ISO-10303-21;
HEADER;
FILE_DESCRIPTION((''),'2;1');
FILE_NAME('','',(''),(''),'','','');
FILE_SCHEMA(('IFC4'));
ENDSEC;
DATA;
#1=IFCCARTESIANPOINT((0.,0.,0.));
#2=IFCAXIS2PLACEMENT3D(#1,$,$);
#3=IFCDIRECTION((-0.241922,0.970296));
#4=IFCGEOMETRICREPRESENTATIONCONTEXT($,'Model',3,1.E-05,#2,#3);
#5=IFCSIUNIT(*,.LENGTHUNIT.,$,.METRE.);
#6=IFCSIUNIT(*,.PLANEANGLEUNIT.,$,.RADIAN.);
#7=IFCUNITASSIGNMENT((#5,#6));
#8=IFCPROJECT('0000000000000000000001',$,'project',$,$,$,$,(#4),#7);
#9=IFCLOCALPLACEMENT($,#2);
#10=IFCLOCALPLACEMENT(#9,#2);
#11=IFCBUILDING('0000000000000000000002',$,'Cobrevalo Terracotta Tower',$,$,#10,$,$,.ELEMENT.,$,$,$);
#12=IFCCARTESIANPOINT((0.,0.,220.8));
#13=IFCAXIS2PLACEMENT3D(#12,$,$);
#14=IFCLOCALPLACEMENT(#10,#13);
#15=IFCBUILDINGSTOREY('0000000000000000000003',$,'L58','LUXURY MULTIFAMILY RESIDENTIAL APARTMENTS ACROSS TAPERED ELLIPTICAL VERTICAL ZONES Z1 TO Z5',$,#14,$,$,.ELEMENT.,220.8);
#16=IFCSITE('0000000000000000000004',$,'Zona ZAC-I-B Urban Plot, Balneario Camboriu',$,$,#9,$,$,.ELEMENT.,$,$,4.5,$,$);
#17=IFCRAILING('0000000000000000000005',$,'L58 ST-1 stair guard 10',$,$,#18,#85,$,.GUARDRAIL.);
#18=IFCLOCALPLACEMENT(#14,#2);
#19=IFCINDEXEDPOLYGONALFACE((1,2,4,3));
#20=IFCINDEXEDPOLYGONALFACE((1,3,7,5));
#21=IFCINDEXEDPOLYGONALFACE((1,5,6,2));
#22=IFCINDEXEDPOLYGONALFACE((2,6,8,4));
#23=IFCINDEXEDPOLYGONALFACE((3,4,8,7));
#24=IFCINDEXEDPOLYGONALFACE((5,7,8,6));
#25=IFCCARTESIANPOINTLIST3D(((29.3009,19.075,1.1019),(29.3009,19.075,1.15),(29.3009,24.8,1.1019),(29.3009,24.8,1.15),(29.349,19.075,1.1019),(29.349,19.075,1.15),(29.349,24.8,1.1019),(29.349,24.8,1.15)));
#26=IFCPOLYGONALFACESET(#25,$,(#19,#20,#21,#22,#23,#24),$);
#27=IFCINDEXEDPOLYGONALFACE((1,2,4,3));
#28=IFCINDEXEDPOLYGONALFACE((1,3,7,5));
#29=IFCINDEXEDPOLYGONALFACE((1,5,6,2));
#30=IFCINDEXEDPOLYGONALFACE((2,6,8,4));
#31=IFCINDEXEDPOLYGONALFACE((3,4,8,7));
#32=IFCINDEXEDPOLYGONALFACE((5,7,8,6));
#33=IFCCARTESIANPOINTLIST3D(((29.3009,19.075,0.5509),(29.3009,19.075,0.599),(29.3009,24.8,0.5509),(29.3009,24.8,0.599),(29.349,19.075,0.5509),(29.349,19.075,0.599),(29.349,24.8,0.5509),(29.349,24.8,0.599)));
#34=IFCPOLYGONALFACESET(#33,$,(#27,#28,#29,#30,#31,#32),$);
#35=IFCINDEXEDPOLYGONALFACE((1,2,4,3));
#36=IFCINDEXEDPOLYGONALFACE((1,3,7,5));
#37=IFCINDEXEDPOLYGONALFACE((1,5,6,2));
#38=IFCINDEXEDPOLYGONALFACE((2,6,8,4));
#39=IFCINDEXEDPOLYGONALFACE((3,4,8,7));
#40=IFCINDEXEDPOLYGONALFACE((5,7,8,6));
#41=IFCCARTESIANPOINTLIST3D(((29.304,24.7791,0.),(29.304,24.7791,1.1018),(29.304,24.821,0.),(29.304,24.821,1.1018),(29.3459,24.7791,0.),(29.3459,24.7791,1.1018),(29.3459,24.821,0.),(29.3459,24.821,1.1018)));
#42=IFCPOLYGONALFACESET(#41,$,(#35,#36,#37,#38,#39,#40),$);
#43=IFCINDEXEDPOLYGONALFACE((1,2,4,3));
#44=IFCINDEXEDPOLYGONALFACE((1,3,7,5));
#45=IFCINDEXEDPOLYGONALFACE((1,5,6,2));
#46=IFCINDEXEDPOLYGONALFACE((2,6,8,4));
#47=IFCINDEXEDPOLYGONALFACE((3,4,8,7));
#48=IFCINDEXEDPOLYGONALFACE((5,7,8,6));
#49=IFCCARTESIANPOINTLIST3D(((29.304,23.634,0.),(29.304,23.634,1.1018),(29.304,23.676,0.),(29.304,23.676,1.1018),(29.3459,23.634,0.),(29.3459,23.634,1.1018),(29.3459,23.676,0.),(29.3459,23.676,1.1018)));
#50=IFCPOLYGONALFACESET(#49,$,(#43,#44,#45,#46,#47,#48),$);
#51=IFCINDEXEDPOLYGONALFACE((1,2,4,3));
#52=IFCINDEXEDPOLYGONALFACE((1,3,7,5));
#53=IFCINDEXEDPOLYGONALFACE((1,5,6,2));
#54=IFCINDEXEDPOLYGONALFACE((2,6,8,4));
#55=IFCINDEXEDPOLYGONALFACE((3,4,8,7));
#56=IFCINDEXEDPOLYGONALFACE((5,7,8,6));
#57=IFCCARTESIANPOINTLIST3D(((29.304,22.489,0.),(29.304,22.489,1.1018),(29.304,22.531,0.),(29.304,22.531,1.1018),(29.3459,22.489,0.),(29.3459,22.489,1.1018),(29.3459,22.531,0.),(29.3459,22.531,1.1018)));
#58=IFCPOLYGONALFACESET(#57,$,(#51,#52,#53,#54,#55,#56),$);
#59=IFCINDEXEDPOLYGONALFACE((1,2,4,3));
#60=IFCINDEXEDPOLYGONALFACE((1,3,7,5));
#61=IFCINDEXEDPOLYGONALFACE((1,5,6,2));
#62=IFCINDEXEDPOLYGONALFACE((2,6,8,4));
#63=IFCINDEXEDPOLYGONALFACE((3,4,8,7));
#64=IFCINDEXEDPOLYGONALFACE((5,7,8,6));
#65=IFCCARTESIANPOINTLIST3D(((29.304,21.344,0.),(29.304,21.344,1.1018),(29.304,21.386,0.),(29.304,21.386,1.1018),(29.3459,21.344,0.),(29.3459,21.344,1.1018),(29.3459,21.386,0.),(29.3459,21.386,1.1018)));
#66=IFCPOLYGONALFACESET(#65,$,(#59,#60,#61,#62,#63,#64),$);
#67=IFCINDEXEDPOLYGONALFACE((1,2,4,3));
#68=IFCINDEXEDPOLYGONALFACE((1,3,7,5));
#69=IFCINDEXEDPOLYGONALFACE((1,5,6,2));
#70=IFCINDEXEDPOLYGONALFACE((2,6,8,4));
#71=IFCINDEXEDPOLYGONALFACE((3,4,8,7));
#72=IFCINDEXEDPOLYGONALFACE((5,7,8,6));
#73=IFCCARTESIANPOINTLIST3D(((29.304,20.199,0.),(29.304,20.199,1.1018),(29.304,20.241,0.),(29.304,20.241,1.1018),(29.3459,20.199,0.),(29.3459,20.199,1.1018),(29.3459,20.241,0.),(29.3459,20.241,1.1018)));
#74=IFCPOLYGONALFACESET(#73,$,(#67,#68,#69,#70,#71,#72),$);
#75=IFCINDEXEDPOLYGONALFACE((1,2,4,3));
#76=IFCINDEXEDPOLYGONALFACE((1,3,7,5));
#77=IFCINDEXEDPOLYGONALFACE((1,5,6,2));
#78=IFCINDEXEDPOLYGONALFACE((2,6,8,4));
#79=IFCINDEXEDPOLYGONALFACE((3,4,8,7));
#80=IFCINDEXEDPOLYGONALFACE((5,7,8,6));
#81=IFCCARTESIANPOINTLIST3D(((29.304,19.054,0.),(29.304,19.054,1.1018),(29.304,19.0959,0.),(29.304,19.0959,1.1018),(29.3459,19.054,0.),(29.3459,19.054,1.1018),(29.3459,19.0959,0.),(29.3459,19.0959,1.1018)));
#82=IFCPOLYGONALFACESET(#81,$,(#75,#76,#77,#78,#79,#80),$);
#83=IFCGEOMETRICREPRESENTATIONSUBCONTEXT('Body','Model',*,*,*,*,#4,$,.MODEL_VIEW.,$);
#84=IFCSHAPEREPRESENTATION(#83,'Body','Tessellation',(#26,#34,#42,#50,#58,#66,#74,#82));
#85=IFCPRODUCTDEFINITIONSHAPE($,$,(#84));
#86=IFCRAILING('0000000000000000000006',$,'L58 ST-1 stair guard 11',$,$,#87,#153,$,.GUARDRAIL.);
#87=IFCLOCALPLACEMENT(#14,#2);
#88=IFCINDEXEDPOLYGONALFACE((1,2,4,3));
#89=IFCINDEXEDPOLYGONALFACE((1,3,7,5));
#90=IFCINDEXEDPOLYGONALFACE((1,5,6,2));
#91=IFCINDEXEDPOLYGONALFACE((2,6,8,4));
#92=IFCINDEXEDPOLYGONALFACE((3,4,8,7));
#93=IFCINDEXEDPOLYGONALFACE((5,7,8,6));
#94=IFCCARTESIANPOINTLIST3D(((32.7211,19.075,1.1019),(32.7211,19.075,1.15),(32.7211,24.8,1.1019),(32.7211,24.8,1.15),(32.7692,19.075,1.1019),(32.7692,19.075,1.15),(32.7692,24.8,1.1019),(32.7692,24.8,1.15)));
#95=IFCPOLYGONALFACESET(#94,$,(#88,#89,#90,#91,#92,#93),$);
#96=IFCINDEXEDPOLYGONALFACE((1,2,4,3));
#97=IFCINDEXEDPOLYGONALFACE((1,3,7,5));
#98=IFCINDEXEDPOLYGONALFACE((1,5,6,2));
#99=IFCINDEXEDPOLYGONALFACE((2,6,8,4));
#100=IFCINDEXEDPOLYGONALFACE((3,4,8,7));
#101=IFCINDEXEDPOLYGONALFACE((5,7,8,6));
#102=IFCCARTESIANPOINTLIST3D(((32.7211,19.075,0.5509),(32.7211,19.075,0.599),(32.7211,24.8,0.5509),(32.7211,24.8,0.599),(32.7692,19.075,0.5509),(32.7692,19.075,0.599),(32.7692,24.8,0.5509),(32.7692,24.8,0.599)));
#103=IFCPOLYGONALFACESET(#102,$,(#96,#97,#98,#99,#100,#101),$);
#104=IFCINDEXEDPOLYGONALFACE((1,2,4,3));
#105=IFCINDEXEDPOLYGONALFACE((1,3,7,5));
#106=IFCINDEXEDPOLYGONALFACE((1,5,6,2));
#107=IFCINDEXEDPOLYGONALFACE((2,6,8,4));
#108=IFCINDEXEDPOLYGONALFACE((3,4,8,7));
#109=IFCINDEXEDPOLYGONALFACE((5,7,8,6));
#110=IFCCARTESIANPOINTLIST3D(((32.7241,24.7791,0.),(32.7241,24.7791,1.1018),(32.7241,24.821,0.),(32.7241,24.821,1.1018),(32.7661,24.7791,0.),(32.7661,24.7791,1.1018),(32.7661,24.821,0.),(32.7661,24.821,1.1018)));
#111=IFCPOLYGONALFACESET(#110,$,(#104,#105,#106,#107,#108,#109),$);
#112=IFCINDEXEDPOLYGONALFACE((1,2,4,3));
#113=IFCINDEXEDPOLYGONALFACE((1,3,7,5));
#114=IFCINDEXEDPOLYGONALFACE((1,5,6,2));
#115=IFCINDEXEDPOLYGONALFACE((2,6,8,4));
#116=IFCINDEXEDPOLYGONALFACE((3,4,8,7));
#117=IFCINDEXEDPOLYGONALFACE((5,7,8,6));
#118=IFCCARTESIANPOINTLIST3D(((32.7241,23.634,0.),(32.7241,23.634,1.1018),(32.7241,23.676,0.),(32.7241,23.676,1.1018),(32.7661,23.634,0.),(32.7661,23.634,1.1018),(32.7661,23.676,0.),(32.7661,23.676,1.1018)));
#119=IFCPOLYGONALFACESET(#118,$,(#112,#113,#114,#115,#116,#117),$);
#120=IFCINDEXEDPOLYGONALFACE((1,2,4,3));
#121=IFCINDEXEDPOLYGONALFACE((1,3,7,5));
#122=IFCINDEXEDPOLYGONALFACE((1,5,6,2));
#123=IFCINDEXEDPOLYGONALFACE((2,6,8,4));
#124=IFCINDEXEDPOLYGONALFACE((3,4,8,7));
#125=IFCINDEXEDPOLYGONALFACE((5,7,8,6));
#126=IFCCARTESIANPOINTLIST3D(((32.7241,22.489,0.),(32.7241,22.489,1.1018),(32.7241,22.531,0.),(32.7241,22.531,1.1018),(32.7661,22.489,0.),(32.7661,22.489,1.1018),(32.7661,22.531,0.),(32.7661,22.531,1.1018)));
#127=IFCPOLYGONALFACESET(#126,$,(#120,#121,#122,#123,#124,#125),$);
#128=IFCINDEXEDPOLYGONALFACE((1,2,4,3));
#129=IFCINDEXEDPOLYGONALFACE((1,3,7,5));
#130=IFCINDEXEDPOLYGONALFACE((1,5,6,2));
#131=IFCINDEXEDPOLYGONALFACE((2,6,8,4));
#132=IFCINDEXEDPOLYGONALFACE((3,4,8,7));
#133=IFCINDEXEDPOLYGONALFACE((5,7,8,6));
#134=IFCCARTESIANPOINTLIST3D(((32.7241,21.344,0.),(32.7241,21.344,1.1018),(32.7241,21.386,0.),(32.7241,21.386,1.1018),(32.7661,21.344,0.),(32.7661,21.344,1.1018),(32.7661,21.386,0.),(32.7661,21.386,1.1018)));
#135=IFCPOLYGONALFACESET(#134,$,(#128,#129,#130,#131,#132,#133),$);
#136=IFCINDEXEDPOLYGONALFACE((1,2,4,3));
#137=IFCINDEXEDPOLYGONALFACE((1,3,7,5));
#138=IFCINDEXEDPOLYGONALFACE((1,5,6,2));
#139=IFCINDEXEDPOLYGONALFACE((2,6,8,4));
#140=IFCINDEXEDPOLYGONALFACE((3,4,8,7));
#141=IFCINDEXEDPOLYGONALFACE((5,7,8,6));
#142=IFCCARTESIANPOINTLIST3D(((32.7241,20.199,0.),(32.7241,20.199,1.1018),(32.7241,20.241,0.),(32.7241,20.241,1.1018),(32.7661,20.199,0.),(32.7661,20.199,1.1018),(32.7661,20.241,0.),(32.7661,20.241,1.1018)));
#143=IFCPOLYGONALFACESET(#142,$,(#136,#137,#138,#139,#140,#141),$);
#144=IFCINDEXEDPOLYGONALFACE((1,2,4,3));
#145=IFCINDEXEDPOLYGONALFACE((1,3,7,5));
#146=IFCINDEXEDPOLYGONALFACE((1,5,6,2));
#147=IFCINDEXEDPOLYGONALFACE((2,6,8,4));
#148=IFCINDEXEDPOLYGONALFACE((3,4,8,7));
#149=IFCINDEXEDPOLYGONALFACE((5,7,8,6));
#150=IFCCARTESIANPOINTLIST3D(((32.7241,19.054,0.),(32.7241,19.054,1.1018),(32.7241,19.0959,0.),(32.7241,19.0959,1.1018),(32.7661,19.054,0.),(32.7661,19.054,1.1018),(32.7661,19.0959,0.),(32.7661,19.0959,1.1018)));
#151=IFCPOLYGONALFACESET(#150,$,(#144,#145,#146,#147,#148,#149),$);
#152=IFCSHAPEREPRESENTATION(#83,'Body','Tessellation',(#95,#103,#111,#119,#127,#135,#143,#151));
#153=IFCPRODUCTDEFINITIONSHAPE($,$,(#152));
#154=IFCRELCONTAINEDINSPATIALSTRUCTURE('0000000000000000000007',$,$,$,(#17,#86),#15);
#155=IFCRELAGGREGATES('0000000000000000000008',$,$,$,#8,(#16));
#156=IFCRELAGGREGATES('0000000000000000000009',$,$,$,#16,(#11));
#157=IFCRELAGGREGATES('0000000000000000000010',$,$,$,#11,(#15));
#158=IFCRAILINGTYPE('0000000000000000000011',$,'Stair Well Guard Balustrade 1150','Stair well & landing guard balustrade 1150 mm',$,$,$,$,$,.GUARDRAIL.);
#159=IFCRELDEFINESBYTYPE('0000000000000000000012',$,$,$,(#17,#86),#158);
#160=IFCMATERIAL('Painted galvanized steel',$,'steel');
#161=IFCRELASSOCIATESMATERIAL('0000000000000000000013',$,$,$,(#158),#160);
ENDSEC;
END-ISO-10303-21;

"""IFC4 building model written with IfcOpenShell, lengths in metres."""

from ifc_helpers import new_model, si_unit, direction, frame, origin, origin_2d, place, context, subcontext, project, spatial, rectangle, extrude, material, type_object, element, save


model = new_model("IFC4")

# Units and contexts
model_context = context("Model", 3, precision=1e-05, world=origin(), true_north=direction((-0.241922, 0.970296)))
body_context = subcontext(model_context, "Body", "Model", "MODEL_VIEW")
ifc_project = project(units=[si_unit("LENGTHUNIT", "METRE"), si_unit("PLANEANGLEUNIT", "RADIAN")], contexts=[model_context])

# Site, building, storey
site_placement = place(None, origin())
site = spatial("IfcSite", under=ifc_project, at=site_placement, Name="Zona ZAC-I-B Urban Plot, Balneario Camboriu", CompositionType="ELEMENT", RefElevation=4.5)
building_placement = place(site_placement, origin())
building = spatial("IfcBuilding", under=site, at=building_placement, Name="Cobrevalo Terracotta Tower", CompositionType="ELEMENT")
storey_placement = place(building_placement, frame((0.0, 0.0, 220.8)))
storey = spatial("IfcBuildingStorey", under=building, at=storey_placement, Name="L58", Description="LUXURY MULTIFAMILY RESIDENTIAL APARTMENTS ACROSS TAPERED ELLIPTICAL VERTICAL ZONES Z1 TO Z5", CompositionType="ELEMENT", Elevation=220.8)

# Railings
ifc_material_1 = material(Name="Painted galvanized steel", Category="steel")
railing_type_1 = type_object("IfcRailingType", Name="Stair Well Guard Balustrade 1150", Description="Stair well & landing guard balustrade 1150 mm", PredefinedType="GUARDRAIL", material=ifc_material_1)
for number, where, name in (
    (1, (29.325, 24.8, 0.0), "L58 ST-1 stair guard 10"),
    (2, (32.7451, 24.8, 0.0), "L58 ST-1 stair guard 11"),
):
    element("IfcRailing", number, at=place(storey_placement, frame(where)), inside=storey, type_object=railing_type_1, Name=name, PredefinedType="GUARDRAIL", context=body_context, shape_type="SweptSolid", body=[
        extrude(rectangle(XDim=0.0481, YDim=0.0481, at=origin_2d()), frame((0.0, 0.0, 1.126), z_axis=(0.0, -1.0, 0.0), x_axis=(1.0, 0.0, 0.0)), (0.0, 0.0, 1.0), 5.7251),
        extrude(rectangle(XDim=0.0481, YDim=0.0481, at=origin_2d()), frame((0.0, 0.0, 0.575), z_axis=(0.0, -1.0, 0.0), x_axis=(1.0, 0.0, 0.0)), (0.0, 0.0, 1.0), 5.7251),
        extrude(rectangle(XDim=0.042, YDim=0.042, at=origin_2d()), origin(), (0.0, 0.0, 1.0), 1.1018),
        extrude(rectangle(XDim=0.042, YDim=0.042, at=origin_2d()), frame((0.0, -1.145, 0.0)), (0.0, 0.0, 1.0), 1.1018),
        extrude(rectangle(XDim=0.042, YDim=0.042, at=origin_2d()), frame((0.0, -2.29, 0.0)), (0.0, 0.0, 1.0), 1.1018),
        extrude(rectangle(XDim=0.042, YDim=0.042, at=origin_2d()), frame((0.0, -3.4351, 0.0)), (0.0, 0.0, 1.0), 1.1018),
        extrude(rectangle(XDim=0.042, YDim=0.042, at=origin_2d()), frame((0.0, -4.5801, 0.0)), (0.0, 0.0, 1.0), 1.1018),
        extrude(rectangle(XDim=0.042, YDim=0.042, at=origin_2d()), frame((0.0, -5.7251, 0.0)), (0.0, 0.0, 1.0), 1.1018),
    ])

save(model, "model.ifc")
